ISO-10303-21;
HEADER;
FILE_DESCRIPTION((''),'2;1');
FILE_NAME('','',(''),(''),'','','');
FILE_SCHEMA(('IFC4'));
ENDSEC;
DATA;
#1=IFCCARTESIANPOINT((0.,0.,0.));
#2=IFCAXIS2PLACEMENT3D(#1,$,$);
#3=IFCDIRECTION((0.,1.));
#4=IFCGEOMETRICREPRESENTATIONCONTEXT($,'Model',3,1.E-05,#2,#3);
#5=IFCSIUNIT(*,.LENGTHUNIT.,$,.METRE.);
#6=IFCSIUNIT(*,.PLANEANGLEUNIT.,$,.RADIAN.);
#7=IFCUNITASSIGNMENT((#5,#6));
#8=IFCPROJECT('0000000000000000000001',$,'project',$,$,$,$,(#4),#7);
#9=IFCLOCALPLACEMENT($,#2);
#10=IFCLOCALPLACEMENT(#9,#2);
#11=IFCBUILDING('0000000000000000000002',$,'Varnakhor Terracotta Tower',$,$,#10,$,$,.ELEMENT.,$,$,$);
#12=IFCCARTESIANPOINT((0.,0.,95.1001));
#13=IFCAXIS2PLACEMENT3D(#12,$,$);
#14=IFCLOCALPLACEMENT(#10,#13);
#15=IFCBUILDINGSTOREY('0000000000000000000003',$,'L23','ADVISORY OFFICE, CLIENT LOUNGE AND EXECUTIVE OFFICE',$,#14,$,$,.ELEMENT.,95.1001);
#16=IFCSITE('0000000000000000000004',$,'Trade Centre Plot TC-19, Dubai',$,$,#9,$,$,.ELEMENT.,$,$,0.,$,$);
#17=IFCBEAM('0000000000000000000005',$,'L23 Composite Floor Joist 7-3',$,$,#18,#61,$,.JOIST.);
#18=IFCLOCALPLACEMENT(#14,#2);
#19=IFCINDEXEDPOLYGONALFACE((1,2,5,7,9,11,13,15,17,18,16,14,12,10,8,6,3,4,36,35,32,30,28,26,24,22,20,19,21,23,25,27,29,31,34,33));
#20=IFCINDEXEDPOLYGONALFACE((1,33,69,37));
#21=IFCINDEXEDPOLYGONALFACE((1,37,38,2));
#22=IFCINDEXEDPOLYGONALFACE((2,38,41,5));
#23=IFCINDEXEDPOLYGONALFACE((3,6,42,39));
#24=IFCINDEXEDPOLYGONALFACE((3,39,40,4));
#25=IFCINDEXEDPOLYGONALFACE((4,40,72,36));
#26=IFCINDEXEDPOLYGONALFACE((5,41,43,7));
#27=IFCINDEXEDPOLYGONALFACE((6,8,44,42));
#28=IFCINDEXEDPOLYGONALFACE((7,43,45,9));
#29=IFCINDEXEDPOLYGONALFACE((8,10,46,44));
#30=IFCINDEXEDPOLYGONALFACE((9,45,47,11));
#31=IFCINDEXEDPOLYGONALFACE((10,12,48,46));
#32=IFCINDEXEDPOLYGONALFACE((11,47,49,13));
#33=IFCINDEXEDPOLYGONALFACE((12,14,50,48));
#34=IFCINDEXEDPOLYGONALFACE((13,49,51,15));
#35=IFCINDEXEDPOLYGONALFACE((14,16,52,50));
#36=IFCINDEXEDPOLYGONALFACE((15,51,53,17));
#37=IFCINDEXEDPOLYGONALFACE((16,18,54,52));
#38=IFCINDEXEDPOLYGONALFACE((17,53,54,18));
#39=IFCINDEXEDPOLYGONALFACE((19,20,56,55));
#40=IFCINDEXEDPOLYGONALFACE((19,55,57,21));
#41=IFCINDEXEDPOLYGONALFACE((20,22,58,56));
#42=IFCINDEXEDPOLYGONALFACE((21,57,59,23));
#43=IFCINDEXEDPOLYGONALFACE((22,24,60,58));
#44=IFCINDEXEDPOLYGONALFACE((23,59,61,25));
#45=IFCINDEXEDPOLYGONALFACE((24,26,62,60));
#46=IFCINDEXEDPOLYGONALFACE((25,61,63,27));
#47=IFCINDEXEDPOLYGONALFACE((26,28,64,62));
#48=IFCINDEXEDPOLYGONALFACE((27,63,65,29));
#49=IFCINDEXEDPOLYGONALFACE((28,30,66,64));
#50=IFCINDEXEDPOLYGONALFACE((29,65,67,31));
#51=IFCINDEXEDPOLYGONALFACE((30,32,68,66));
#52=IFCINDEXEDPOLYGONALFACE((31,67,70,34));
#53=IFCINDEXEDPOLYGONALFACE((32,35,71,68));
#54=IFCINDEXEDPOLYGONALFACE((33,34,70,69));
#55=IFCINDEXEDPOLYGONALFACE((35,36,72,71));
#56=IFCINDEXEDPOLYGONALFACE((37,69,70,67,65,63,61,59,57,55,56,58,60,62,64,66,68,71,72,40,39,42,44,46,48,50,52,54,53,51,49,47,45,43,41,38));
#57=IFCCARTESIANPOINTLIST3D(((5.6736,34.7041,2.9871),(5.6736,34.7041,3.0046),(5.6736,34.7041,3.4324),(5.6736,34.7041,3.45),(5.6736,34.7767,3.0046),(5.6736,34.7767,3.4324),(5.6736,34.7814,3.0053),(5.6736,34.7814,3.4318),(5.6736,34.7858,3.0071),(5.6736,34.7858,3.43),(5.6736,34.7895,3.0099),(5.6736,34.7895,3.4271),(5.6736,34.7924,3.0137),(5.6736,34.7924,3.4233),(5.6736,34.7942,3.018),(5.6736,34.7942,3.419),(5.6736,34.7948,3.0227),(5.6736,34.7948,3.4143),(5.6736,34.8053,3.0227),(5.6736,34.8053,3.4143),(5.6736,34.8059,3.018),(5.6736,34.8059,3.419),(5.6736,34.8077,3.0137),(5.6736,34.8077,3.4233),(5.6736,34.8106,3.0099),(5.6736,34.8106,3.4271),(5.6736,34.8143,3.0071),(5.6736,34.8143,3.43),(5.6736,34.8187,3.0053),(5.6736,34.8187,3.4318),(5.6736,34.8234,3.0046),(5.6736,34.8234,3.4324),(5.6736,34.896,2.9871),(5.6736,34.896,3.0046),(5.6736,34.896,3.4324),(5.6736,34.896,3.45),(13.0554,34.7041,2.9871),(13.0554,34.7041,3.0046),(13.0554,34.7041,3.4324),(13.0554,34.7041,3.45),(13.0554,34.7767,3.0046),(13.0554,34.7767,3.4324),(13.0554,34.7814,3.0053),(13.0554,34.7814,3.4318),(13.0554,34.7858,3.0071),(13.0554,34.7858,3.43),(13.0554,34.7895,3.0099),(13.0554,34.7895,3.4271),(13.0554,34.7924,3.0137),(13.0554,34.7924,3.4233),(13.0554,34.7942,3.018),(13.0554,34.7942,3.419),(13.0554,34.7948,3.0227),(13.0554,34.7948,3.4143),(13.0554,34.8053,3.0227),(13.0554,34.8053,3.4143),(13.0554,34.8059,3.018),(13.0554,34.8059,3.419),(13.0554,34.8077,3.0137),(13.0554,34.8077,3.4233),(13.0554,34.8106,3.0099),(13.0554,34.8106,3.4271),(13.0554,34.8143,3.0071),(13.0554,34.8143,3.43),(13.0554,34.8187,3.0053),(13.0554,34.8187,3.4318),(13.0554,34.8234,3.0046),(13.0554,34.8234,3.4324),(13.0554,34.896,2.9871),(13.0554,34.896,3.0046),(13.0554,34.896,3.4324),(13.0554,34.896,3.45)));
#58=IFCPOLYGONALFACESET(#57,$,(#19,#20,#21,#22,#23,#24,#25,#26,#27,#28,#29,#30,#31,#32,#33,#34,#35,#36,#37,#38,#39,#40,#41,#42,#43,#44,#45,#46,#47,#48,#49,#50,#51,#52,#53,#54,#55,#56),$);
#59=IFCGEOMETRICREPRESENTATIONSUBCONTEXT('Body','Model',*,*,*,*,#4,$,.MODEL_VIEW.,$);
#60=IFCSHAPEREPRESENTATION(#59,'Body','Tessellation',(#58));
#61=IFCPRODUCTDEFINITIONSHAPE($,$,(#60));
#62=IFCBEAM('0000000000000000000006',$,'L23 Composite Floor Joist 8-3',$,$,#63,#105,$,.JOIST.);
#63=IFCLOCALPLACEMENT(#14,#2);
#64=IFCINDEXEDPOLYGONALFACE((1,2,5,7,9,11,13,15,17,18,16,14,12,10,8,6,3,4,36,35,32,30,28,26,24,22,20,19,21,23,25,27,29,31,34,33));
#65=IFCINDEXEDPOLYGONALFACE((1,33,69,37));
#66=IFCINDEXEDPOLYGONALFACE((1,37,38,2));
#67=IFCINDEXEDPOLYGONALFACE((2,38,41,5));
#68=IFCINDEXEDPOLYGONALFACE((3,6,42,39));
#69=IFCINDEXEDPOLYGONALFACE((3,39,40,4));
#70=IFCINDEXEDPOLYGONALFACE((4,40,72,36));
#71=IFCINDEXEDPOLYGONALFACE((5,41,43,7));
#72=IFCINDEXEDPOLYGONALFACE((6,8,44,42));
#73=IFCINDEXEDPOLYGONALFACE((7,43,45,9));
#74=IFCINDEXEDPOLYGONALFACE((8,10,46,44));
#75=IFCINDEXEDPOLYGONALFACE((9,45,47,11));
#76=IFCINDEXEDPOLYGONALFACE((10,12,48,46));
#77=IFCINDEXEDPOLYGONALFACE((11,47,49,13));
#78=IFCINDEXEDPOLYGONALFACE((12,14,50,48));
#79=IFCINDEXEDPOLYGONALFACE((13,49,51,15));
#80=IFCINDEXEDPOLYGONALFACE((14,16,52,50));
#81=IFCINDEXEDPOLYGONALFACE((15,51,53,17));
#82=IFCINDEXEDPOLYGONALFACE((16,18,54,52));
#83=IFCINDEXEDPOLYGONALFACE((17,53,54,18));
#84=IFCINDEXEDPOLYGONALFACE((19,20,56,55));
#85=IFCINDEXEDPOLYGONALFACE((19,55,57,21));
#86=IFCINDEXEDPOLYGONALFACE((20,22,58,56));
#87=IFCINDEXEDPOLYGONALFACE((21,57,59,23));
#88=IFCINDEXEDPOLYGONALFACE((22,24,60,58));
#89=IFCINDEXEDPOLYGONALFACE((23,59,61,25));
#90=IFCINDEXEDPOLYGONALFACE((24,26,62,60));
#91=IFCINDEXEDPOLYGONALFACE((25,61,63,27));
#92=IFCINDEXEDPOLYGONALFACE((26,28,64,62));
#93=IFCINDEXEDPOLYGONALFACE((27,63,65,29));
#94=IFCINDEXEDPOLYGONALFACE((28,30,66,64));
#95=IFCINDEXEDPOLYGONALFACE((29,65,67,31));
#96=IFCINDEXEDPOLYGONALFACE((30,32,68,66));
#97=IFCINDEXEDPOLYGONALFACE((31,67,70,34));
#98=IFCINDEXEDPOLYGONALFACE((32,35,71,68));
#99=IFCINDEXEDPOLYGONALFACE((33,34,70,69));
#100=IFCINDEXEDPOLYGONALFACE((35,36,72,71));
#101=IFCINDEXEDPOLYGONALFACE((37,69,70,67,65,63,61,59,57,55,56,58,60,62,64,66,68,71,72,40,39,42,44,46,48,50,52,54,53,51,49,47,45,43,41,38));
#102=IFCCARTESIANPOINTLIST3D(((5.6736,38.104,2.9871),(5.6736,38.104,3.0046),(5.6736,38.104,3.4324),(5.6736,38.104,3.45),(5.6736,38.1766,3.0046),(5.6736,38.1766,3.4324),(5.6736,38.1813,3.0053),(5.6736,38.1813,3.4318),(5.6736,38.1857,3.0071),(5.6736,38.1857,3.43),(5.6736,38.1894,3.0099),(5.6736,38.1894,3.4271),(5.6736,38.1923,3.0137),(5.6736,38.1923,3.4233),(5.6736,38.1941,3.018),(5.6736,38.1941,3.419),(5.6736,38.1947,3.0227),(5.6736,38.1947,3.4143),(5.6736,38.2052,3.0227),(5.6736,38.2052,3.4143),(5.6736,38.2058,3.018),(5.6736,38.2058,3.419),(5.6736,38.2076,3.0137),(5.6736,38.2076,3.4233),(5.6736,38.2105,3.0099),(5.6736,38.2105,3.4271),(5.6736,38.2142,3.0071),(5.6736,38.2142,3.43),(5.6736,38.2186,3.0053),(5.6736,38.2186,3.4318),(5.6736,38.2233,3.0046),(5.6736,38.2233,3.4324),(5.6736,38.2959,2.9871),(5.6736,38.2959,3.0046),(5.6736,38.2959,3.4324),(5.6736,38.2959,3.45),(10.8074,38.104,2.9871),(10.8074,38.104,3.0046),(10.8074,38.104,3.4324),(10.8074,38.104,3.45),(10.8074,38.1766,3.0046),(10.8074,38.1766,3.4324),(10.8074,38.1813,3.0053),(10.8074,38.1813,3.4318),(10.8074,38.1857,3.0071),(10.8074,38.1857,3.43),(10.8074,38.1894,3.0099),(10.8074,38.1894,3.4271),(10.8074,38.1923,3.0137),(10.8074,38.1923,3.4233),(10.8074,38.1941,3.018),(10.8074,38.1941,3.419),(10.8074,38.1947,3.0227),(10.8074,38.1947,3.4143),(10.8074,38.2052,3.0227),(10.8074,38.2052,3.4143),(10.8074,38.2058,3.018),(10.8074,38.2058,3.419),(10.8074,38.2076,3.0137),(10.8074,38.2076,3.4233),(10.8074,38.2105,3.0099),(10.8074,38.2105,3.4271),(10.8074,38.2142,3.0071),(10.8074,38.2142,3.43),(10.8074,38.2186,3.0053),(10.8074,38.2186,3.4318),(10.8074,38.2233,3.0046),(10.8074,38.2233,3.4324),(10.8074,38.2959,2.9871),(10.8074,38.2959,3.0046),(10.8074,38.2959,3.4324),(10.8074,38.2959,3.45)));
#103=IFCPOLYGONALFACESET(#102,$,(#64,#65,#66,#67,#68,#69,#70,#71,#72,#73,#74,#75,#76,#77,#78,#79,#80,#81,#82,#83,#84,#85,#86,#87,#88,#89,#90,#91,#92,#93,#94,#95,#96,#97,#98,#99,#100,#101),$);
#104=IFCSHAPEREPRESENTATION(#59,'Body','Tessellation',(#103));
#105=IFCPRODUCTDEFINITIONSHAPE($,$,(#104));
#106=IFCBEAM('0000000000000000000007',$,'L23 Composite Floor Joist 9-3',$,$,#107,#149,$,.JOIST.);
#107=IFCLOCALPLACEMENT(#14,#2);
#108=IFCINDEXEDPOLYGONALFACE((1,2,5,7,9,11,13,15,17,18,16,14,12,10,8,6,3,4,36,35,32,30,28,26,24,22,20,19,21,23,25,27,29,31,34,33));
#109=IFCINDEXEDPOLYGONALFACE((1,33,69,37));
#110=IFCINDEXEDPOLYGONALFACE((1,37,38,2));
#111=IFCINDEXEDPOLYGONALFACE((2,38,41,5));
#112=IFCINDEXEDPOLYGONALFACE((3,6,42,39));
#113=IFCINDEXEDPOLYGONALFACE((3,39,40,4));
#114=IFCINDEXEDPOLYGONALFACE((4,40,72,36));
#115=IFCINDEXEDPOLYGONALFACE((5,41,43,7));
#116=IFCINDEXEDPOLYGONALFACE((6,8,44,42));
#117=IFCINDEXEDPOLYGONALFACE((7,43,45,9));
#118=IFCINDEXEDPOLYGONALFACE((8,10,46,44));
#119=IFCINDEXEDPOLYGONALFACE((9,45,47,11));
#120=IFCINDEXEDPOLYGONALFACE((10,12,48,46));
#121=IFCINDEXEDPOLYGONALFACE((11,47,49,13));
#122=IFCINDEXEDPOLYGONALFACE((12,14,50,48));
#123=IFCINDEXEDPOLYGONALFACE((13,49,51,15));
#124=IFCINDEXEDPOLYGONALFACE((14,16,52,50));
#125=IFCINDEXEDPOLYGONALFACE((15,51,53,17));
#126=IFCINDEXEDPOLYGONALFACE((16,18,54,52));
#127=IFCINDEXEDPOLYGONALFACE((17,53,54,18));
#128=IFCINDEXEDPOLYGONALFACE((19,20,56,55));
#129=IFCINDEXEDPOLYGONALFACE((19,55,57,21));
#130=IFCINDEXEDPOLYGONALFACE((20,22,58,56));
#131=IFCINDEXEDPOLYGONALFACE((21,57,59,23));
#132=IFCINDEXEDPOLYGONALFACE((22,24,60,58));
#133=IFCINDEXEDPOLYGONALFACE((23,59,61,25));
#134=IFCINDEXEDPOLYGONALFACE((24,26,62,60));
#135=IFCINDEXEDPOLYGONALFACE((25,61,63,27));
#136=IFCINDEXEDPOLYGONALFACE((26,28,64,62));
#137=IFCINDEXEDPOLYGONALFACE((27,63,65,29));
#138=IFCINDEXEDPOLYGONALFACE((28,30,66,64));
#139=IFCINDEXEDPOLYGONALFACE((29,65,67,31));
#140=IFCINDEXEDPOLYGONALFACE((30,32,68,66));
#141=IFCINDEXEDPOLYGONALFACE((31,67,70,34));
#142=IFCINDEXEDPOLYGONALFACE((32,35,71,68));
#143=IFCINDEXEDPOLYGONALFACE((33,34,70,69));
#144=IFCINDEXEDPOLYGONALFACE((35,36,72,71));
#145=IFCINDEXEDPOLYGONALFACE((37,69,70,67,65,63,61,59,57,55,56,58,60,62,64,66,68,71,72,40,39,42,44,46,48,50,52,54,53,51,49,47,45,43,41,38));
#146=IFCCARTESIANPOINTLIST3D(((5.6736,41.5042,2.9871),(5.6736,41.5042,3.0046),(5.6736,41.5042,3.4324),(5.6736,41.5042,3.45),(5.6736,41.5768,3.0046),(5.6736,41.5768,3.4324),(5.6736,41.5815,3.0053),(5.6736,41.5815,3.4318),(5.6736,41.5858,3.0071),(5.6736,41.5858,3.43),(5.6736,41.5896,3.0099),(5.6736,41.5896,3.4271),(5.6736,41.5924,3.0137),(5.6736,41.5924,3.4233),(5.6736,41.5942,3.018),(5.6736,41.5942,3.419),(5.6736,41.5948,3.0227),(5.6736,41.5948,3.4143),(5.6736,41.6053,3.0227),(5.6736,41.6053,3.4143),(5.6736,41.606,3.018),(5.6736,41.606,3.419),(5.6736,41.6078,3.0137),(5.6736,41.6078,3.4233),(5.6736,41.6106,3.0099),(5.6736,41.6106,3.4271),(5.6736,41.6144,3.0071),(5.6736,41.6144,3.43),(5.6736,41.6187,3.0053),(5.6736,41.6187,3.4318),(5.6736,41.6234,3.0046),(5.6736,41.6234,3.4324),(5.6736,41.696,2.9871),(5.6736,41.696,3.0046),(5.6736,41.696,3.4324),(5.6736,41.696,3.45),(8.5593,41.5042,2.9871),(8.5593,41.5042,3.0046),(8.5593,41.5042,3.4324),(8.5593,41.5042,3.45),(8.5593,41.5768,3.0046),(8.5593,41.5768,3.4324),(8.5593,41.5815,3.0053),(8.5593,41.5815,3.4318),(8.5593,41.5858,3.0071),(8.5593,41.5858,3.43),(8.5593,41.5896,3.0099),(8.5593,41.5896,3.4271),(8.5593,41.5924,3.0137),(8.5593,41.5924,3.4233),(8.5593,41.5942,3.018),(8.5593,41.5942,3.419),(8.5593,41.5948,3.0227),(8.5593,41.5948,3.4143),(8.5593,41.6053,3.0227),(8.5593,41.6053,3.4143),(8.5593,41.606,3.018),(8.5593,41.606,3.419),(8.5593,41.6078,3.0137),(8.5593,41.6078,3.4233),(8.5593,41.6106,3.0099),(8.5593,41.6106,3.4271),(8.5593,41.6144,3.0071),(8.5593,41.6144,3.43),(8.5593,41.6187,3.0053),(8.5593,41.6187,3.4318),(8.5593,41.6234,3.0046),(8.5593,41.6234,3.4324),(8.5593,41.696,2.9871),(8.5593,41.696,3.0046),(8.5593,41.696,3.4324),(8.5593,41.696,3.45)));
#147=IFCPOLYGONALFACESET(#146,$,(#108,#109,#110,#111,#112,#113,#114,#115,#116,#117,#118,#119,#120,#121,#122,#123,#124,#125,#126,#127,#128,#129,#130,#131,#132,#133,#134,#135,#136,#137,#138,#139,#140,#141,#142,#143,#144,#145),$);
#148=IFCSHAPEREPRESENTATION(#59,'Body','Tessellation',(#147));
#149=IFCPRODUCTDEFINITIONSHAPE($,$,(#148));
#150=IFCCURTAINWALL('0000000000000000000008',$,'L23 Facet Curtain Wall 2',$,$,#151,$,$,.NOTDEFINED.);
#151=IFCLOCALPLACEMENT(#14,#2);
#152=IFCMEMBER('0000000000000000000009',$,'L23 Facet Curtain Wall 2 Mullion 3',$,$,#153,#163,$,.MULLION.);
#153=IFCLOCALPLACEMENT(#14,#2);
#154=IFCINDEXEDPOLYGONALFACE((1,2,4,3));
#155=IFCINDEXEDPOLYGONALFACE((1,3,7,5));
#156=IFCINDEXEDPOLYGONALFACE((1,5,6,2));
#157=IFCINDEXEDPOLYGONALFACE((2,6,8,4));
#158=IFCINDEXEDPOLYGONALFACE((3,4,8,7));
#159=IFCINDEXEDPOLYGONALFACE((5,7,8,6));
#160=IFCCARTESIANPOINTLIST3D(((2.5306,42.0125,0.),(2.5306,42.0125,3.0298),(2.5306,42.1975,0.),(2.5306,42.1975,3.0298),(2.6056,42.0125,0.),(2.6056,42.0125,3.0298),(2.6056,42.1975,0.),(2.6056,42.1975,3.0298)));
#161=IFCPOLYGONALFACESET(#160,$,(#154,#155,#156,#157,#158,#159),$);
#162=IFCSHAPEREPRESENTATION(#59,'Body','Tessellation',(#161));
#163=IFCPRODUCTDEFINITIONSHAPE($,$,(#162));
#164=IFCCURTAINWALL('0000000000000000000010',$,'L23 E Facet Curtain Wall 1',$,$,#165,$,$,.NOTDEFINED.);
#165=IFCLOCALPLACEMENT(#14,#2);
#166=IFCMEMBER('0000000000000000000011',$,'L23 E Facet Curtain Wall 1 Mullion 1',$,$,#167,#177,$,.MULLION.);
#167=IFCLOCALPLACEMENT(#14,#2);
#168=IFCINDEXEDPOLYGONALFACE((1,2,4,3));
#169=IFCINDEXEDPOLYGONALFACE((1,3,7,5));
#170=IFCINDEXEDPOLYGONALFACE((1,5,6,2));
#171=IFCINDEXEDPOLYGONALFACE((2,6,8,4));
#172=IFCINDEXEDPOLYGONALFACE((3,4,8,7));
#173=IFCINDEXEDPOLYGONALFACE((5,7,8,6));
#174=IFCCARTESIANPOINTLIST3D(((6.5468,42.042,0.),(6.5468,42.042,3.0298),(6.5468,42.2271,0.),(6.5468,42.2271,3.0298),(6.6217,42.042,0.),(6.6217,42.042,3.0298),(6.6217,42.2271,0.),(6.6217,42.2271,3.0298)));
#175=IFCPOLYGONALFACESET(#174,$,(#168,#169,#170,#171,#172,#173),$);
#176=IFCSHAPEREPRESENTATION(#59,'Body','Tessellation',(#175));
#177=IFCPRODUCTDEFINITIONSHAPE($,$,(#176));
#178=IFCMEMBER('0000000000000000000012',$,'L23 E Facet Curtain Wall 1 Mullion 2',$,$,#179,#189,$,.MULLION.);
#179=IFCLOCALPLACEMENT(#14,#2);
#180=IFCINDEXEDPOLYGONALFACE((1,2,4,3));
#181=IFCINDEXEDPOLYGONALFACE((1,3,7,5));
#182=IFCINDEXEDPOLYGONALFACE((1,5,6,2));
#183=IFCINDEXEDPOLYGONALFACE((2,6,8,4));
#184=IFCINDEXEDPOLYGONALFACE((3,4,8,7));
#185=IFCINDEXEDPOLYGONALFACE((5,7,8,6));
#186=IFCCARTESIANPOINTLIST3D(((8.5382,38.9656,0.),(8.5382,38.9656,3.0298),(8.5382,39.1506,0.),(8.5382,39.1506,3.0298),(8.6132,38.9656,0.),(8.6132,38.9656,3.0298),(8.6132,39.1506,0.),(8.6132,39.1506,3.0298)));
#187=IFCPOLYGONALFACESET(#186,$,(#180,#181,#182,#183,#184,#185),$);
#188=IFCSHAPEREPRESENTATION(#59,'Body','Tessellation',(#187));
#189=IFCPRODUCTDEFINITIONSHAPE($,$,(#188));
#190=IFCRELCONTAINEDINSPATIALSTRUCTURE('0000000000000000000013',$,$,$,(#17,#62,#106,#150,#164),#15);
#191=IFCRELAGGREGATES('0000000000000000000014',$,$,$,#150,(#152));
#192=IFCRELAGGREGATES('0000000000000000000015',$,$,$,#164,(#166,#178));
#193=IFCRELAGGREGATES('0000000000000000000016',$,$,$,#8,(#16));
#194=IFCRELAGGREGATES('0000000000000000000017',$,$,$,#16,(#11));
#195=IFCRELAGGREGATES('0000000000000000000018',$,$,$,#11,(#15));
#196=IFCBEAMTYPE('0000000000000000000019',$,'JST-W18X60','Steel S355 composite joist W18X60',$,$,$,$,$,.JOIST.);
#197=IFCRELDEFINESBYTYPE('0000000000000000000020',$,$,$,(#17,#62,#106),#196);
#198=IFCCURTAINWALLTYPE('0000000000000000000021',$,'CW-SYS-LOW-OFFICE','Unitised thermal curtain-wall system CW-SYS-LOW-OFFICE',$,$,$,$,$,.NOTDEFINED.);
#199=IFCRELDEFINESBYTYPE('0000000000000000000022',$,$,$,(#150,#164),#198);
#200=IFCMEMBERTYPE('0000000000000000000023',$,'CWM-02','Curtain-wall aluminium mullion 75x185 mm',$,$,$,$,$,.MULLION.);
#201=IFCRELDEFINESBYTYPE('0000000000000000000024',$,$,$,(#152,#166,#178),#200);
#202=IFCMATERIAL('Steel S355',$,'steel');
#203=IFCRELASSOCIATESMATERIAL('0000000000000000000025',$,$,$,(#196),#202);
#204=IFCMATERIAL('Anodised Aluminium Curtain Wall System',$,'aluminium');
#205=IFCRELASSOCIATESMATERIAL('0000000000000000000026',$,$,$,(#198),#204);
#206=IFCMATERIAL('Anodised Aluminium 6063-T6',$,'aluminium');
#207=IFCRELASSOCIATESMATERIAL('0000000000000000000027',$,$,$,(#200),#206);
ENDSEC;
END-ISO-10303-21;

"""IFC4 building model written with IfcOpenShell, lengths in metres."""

from ifc_helpers import new_model, si_unit, direction, frame, origin, origin_2d, place, context, subcontext, project, spatial, rectangle, i_section, extrude, source, transform, mapped, material, material_profile, profile_set, type_object, element, aggregate, save


model = new_model("IFC4")

# Units and contexts
model_context = context("Model", 3, precision=1e-05, world=origin(), true_north=direction((0.0, 1.0)))
body_context = subcontext(model_context, "Body", "Model", "MODEL_VIEW")
ifc_project = project(units=[si_unit("LENGTHUNIT", "METRE"), si_unit("PLANEANGLEUNIT", "RADIAN")], contexts=[model_context])

# Site, building, storey
site_placement = place(None, origin())
site = spatial("IfcSite", under=ifc_project, at=site_placement, Name="Trade Centre Plot TC-19, Dubai", CompositionType="ELEMENT", RefElevation=0.0)
building_placement = place(site_placement, origin())
building = spatial("IfcBuilding", under=site, at=building_placement, Name="Varnakhor Terracotta Tower", CompositionType="ELEMENT")
storey_placement = place(building_placement, frame((0.0, 0.0, 95.1001)))
storey = spatial("IfcBuildingStorey", under=building, at=storey_placement, Name="L23", Description="ADVISORY OFFICE, CLIENT LOUNGE AND EXECUTIVE OFFICE", CompositionType="ELEMENT", Elevation=95.1001)

# Beams
ifc_material_1 = material(Name="Steel S355", Category="steel")
ifc_material_profile_1 = material_profile(ifc_material_1, i_section(OverallWidth=0.1919, OverallDepth=0.4629, WebThickness=0.0105, FlangeThickness=0.0176, FilletRadius=0.0181, at=origin_2d()), Name="W18X60")
ifc_profile_set_1 = profile_set([ifc_material_profile_1], Name="Steel S355")
beam_type_1 = type_object("IfcBeamType", Name="JST-W18X60", Description="Steel S355 composite joist W18X60", PredefinedType="JOIST", material=ifc_profile_set_1)
shared_shape_1 = source(origin(), body_context, "Body", "SweptSolid", [
    extrude(i_section(OverallWidth=0.1919, OverallDepth=0.4629, WebThickness=0.0105, FlangeThickness=0.0176, FilletRadius=0.0181, at=origin_2d()), origin(), (0.0, 0.0, 1.0), 7.3818),
])
beam_1_placement = place(storey_placement, frame((5.6736, 34.8, 3.2185), z_axis=(1.0, 0.0, 0.0), x_axis=(0.0, 1.0, 0.0)))
element("IfcBeam", 1, at=beam_1_placement, inside=storey, type_object=beam_type_1, Name="L23 Composite Floor Joist 7-3", PredefinedType="JOIST", context=body_context, shape_type="MappedRepresentation", body=[
    mapped(shared_shape_1, transform((0.0, 0.0, 0.0), scale=1.0)),
])
shared_shape_2 = source(origin(), body_context, "Body", "SweptSolid", [
    extrude(i_section(OverallWidth=0.1919, OverallDepth=0.4629, WebThickness=0.0105, FlangeThickness=0.0176, FilletRadius=0.0181, at=origin_2d()), origin(), (0.0, 0.0, 1.0), 5.1338),
])
beam_2_placement = place(storey_placement, frame((5.6736, 38.2, 3.2185), z_axis=(1.0, 0.0, 0.0), x_axis=(0.0, 1.0, 0.0)))
element("IfcBeam", 2, at=beam_2_placement, inside=storey, type_object=beam_type_1, Name="L23 Composite Floor Joist 8-3", PredefinedType="JOIST", context=body_context, shape_type="MappedRepresentation", body=[
    mapped(shared_shape_2, transform((0.0, 0.0, 0.0), scale=1.0)),
])
shared_shape_3 = source(origin(), body_context, "Body", "SweptSolid", [
    extrude(i_section(OverallWidth=0.1919, OverallDepth=0.4629, WebThickness=0.0105, FlangeThickness=0.0176, FilletRadius=0.0181, at=origin_2d()), origin(), (0.0, 0.0, 1.0), 2.8857),
])
beam_3_placement = place(storey_placement, frame((5.6736, 41.6001, 3.2185), z_axis=(1.0, 0.0, 0.0), x_axis=(0.0, 1.0, 0.0)))
element("IfcBeam", 3, at=beam_3_placement, inside=storey, type_object=beam_type_1, Name="L23 Composite Floor Joist 9-3", PredefinedType="JOIST", context=body_context, shape_type="MappedRepresentation", body=[
    mapped(shared_shape_3, transform((0.0, 0.0, 0.0), scale=1.0)),
])

# Curtain wall, member
ifc_material_2 = material(Name="Anodised Aluminium Curtain Wall System", Category="aluminium")
curtain_wall_type = type_object("IfcCurtainWallType", Name="CW-SYS-LOW-OFFICE", Description="Unitised thermal curtain-wall system CW-SYS-LOW-OFFICE", PredefinedType="NOTDEFINED", material=ifc_material_2)
curtain_wall_1_placement = place(storey_placement, origin())
curtain_wall_1 = element("IfcCurtainWall", 4, at=curtain_wall_1_placement, inside=storey, type_object=curtain_wall_type, Name="L23 Facet Curtain Wall 2", PredefinedType="NOTDEFINED")
ifc_material_3 = material(Name="Anodised Aluminium 6063-T6", Category="aluminium")
ifc_material_profile_2 = material_profile(ifc_material_3, rectangle(XDim=0.075, YDim=0.1851, at=origin_2d()), Name="ALU MULLION 75x185")
ifc_profile_set_2 = profile_set([ifc_material_profile_2], Name="Anodised Aluminium 6063-T6")
member_type_1 = type_object("IfcMemberType", Name="CWM-02", Description="Curtain-wall aluminium mullion 75x185 mm", PredefinedType="MULLION", material=ifc_profile_set_2)
shared_shape_4 = source(origin(), body_context, "Body", "SweptSolid", [
    extrude(rectangle(XDim=0.075, YDim=0.1851, at=origin_2d()), origin(), (0.0, 0.0, 1.0), 3.0298),
])
member_1_placement = place(storey_placement, frame((2.5681, 42.105, 0.0), z_axis=(0.0, 0.0, 1.0), x_axis=(1.0, 0.0, 0.0)))
member_1 = element("IfcMember", 5, at=member_1_placement, type_object=member_type_1, Name="L23 Facet Curtain Wall 2 Mullion 3", PredefinedType="MULLION", context=body_context, shape_type="MappedRepresentation", body=[
    mapped(shared_shape_4, transform((0.0, 0.0, 0.0), scale=1.0)),
])

# Curtain wall, members
curtain_wall_2_placement = place(storey_placement, origin())
curtain_wall_2 = element("IfcCurtainWall", 6, at=curtain_wall_2_placement, inside=storey, type_object=curtain_wall_type, Name="L23 E Facet Curtain Wall 1", PredefinedType="NOTDEFINED")
member_2_placement = place(storey_placement, frame((6.5842, 42.1345, 0.0), z_axis=(0.0, 0.0, 1.0), x_axis=(1.0, 0.0, 0.0)))
member_2 = element("IfcMember", 7, at=member_2_placement, type_object=member_type_1, Name="L23 E Facet Curtain Wall 1 Mullion 1", PredefinedType="MULLION", context=body_context, shape_type="MappedRepresentation", body=[
    mapped(shared_shape_4, transform((0.0, 0.0, 0.0), scale=1.0)),
])
member_3_placement = place(storey_placement, frame((8.5757, 39.0581, 0.0), z_axis=(0.0, 0.0, 1.0), x_axis=(1.0, 0.0, 0.0)))
member_3 = element("IfcMember", 8, at=member_3_placement, type_object=member_type_1, Name="L23 E Facet Curtain Wall 1 Mullion 2", PredefinedType="MULLION", context=body_context, shape_type="MappedRepresentation", body=[
    mapped(shared_shape_4, transform((0.0, 0.0, 0.0), scale=1.0)),
])

aggregate(curtain_wall_1, [member_1])
aggregate(curtain_wall_2, [member_2, member_3])

save(model, "model.ifc")
